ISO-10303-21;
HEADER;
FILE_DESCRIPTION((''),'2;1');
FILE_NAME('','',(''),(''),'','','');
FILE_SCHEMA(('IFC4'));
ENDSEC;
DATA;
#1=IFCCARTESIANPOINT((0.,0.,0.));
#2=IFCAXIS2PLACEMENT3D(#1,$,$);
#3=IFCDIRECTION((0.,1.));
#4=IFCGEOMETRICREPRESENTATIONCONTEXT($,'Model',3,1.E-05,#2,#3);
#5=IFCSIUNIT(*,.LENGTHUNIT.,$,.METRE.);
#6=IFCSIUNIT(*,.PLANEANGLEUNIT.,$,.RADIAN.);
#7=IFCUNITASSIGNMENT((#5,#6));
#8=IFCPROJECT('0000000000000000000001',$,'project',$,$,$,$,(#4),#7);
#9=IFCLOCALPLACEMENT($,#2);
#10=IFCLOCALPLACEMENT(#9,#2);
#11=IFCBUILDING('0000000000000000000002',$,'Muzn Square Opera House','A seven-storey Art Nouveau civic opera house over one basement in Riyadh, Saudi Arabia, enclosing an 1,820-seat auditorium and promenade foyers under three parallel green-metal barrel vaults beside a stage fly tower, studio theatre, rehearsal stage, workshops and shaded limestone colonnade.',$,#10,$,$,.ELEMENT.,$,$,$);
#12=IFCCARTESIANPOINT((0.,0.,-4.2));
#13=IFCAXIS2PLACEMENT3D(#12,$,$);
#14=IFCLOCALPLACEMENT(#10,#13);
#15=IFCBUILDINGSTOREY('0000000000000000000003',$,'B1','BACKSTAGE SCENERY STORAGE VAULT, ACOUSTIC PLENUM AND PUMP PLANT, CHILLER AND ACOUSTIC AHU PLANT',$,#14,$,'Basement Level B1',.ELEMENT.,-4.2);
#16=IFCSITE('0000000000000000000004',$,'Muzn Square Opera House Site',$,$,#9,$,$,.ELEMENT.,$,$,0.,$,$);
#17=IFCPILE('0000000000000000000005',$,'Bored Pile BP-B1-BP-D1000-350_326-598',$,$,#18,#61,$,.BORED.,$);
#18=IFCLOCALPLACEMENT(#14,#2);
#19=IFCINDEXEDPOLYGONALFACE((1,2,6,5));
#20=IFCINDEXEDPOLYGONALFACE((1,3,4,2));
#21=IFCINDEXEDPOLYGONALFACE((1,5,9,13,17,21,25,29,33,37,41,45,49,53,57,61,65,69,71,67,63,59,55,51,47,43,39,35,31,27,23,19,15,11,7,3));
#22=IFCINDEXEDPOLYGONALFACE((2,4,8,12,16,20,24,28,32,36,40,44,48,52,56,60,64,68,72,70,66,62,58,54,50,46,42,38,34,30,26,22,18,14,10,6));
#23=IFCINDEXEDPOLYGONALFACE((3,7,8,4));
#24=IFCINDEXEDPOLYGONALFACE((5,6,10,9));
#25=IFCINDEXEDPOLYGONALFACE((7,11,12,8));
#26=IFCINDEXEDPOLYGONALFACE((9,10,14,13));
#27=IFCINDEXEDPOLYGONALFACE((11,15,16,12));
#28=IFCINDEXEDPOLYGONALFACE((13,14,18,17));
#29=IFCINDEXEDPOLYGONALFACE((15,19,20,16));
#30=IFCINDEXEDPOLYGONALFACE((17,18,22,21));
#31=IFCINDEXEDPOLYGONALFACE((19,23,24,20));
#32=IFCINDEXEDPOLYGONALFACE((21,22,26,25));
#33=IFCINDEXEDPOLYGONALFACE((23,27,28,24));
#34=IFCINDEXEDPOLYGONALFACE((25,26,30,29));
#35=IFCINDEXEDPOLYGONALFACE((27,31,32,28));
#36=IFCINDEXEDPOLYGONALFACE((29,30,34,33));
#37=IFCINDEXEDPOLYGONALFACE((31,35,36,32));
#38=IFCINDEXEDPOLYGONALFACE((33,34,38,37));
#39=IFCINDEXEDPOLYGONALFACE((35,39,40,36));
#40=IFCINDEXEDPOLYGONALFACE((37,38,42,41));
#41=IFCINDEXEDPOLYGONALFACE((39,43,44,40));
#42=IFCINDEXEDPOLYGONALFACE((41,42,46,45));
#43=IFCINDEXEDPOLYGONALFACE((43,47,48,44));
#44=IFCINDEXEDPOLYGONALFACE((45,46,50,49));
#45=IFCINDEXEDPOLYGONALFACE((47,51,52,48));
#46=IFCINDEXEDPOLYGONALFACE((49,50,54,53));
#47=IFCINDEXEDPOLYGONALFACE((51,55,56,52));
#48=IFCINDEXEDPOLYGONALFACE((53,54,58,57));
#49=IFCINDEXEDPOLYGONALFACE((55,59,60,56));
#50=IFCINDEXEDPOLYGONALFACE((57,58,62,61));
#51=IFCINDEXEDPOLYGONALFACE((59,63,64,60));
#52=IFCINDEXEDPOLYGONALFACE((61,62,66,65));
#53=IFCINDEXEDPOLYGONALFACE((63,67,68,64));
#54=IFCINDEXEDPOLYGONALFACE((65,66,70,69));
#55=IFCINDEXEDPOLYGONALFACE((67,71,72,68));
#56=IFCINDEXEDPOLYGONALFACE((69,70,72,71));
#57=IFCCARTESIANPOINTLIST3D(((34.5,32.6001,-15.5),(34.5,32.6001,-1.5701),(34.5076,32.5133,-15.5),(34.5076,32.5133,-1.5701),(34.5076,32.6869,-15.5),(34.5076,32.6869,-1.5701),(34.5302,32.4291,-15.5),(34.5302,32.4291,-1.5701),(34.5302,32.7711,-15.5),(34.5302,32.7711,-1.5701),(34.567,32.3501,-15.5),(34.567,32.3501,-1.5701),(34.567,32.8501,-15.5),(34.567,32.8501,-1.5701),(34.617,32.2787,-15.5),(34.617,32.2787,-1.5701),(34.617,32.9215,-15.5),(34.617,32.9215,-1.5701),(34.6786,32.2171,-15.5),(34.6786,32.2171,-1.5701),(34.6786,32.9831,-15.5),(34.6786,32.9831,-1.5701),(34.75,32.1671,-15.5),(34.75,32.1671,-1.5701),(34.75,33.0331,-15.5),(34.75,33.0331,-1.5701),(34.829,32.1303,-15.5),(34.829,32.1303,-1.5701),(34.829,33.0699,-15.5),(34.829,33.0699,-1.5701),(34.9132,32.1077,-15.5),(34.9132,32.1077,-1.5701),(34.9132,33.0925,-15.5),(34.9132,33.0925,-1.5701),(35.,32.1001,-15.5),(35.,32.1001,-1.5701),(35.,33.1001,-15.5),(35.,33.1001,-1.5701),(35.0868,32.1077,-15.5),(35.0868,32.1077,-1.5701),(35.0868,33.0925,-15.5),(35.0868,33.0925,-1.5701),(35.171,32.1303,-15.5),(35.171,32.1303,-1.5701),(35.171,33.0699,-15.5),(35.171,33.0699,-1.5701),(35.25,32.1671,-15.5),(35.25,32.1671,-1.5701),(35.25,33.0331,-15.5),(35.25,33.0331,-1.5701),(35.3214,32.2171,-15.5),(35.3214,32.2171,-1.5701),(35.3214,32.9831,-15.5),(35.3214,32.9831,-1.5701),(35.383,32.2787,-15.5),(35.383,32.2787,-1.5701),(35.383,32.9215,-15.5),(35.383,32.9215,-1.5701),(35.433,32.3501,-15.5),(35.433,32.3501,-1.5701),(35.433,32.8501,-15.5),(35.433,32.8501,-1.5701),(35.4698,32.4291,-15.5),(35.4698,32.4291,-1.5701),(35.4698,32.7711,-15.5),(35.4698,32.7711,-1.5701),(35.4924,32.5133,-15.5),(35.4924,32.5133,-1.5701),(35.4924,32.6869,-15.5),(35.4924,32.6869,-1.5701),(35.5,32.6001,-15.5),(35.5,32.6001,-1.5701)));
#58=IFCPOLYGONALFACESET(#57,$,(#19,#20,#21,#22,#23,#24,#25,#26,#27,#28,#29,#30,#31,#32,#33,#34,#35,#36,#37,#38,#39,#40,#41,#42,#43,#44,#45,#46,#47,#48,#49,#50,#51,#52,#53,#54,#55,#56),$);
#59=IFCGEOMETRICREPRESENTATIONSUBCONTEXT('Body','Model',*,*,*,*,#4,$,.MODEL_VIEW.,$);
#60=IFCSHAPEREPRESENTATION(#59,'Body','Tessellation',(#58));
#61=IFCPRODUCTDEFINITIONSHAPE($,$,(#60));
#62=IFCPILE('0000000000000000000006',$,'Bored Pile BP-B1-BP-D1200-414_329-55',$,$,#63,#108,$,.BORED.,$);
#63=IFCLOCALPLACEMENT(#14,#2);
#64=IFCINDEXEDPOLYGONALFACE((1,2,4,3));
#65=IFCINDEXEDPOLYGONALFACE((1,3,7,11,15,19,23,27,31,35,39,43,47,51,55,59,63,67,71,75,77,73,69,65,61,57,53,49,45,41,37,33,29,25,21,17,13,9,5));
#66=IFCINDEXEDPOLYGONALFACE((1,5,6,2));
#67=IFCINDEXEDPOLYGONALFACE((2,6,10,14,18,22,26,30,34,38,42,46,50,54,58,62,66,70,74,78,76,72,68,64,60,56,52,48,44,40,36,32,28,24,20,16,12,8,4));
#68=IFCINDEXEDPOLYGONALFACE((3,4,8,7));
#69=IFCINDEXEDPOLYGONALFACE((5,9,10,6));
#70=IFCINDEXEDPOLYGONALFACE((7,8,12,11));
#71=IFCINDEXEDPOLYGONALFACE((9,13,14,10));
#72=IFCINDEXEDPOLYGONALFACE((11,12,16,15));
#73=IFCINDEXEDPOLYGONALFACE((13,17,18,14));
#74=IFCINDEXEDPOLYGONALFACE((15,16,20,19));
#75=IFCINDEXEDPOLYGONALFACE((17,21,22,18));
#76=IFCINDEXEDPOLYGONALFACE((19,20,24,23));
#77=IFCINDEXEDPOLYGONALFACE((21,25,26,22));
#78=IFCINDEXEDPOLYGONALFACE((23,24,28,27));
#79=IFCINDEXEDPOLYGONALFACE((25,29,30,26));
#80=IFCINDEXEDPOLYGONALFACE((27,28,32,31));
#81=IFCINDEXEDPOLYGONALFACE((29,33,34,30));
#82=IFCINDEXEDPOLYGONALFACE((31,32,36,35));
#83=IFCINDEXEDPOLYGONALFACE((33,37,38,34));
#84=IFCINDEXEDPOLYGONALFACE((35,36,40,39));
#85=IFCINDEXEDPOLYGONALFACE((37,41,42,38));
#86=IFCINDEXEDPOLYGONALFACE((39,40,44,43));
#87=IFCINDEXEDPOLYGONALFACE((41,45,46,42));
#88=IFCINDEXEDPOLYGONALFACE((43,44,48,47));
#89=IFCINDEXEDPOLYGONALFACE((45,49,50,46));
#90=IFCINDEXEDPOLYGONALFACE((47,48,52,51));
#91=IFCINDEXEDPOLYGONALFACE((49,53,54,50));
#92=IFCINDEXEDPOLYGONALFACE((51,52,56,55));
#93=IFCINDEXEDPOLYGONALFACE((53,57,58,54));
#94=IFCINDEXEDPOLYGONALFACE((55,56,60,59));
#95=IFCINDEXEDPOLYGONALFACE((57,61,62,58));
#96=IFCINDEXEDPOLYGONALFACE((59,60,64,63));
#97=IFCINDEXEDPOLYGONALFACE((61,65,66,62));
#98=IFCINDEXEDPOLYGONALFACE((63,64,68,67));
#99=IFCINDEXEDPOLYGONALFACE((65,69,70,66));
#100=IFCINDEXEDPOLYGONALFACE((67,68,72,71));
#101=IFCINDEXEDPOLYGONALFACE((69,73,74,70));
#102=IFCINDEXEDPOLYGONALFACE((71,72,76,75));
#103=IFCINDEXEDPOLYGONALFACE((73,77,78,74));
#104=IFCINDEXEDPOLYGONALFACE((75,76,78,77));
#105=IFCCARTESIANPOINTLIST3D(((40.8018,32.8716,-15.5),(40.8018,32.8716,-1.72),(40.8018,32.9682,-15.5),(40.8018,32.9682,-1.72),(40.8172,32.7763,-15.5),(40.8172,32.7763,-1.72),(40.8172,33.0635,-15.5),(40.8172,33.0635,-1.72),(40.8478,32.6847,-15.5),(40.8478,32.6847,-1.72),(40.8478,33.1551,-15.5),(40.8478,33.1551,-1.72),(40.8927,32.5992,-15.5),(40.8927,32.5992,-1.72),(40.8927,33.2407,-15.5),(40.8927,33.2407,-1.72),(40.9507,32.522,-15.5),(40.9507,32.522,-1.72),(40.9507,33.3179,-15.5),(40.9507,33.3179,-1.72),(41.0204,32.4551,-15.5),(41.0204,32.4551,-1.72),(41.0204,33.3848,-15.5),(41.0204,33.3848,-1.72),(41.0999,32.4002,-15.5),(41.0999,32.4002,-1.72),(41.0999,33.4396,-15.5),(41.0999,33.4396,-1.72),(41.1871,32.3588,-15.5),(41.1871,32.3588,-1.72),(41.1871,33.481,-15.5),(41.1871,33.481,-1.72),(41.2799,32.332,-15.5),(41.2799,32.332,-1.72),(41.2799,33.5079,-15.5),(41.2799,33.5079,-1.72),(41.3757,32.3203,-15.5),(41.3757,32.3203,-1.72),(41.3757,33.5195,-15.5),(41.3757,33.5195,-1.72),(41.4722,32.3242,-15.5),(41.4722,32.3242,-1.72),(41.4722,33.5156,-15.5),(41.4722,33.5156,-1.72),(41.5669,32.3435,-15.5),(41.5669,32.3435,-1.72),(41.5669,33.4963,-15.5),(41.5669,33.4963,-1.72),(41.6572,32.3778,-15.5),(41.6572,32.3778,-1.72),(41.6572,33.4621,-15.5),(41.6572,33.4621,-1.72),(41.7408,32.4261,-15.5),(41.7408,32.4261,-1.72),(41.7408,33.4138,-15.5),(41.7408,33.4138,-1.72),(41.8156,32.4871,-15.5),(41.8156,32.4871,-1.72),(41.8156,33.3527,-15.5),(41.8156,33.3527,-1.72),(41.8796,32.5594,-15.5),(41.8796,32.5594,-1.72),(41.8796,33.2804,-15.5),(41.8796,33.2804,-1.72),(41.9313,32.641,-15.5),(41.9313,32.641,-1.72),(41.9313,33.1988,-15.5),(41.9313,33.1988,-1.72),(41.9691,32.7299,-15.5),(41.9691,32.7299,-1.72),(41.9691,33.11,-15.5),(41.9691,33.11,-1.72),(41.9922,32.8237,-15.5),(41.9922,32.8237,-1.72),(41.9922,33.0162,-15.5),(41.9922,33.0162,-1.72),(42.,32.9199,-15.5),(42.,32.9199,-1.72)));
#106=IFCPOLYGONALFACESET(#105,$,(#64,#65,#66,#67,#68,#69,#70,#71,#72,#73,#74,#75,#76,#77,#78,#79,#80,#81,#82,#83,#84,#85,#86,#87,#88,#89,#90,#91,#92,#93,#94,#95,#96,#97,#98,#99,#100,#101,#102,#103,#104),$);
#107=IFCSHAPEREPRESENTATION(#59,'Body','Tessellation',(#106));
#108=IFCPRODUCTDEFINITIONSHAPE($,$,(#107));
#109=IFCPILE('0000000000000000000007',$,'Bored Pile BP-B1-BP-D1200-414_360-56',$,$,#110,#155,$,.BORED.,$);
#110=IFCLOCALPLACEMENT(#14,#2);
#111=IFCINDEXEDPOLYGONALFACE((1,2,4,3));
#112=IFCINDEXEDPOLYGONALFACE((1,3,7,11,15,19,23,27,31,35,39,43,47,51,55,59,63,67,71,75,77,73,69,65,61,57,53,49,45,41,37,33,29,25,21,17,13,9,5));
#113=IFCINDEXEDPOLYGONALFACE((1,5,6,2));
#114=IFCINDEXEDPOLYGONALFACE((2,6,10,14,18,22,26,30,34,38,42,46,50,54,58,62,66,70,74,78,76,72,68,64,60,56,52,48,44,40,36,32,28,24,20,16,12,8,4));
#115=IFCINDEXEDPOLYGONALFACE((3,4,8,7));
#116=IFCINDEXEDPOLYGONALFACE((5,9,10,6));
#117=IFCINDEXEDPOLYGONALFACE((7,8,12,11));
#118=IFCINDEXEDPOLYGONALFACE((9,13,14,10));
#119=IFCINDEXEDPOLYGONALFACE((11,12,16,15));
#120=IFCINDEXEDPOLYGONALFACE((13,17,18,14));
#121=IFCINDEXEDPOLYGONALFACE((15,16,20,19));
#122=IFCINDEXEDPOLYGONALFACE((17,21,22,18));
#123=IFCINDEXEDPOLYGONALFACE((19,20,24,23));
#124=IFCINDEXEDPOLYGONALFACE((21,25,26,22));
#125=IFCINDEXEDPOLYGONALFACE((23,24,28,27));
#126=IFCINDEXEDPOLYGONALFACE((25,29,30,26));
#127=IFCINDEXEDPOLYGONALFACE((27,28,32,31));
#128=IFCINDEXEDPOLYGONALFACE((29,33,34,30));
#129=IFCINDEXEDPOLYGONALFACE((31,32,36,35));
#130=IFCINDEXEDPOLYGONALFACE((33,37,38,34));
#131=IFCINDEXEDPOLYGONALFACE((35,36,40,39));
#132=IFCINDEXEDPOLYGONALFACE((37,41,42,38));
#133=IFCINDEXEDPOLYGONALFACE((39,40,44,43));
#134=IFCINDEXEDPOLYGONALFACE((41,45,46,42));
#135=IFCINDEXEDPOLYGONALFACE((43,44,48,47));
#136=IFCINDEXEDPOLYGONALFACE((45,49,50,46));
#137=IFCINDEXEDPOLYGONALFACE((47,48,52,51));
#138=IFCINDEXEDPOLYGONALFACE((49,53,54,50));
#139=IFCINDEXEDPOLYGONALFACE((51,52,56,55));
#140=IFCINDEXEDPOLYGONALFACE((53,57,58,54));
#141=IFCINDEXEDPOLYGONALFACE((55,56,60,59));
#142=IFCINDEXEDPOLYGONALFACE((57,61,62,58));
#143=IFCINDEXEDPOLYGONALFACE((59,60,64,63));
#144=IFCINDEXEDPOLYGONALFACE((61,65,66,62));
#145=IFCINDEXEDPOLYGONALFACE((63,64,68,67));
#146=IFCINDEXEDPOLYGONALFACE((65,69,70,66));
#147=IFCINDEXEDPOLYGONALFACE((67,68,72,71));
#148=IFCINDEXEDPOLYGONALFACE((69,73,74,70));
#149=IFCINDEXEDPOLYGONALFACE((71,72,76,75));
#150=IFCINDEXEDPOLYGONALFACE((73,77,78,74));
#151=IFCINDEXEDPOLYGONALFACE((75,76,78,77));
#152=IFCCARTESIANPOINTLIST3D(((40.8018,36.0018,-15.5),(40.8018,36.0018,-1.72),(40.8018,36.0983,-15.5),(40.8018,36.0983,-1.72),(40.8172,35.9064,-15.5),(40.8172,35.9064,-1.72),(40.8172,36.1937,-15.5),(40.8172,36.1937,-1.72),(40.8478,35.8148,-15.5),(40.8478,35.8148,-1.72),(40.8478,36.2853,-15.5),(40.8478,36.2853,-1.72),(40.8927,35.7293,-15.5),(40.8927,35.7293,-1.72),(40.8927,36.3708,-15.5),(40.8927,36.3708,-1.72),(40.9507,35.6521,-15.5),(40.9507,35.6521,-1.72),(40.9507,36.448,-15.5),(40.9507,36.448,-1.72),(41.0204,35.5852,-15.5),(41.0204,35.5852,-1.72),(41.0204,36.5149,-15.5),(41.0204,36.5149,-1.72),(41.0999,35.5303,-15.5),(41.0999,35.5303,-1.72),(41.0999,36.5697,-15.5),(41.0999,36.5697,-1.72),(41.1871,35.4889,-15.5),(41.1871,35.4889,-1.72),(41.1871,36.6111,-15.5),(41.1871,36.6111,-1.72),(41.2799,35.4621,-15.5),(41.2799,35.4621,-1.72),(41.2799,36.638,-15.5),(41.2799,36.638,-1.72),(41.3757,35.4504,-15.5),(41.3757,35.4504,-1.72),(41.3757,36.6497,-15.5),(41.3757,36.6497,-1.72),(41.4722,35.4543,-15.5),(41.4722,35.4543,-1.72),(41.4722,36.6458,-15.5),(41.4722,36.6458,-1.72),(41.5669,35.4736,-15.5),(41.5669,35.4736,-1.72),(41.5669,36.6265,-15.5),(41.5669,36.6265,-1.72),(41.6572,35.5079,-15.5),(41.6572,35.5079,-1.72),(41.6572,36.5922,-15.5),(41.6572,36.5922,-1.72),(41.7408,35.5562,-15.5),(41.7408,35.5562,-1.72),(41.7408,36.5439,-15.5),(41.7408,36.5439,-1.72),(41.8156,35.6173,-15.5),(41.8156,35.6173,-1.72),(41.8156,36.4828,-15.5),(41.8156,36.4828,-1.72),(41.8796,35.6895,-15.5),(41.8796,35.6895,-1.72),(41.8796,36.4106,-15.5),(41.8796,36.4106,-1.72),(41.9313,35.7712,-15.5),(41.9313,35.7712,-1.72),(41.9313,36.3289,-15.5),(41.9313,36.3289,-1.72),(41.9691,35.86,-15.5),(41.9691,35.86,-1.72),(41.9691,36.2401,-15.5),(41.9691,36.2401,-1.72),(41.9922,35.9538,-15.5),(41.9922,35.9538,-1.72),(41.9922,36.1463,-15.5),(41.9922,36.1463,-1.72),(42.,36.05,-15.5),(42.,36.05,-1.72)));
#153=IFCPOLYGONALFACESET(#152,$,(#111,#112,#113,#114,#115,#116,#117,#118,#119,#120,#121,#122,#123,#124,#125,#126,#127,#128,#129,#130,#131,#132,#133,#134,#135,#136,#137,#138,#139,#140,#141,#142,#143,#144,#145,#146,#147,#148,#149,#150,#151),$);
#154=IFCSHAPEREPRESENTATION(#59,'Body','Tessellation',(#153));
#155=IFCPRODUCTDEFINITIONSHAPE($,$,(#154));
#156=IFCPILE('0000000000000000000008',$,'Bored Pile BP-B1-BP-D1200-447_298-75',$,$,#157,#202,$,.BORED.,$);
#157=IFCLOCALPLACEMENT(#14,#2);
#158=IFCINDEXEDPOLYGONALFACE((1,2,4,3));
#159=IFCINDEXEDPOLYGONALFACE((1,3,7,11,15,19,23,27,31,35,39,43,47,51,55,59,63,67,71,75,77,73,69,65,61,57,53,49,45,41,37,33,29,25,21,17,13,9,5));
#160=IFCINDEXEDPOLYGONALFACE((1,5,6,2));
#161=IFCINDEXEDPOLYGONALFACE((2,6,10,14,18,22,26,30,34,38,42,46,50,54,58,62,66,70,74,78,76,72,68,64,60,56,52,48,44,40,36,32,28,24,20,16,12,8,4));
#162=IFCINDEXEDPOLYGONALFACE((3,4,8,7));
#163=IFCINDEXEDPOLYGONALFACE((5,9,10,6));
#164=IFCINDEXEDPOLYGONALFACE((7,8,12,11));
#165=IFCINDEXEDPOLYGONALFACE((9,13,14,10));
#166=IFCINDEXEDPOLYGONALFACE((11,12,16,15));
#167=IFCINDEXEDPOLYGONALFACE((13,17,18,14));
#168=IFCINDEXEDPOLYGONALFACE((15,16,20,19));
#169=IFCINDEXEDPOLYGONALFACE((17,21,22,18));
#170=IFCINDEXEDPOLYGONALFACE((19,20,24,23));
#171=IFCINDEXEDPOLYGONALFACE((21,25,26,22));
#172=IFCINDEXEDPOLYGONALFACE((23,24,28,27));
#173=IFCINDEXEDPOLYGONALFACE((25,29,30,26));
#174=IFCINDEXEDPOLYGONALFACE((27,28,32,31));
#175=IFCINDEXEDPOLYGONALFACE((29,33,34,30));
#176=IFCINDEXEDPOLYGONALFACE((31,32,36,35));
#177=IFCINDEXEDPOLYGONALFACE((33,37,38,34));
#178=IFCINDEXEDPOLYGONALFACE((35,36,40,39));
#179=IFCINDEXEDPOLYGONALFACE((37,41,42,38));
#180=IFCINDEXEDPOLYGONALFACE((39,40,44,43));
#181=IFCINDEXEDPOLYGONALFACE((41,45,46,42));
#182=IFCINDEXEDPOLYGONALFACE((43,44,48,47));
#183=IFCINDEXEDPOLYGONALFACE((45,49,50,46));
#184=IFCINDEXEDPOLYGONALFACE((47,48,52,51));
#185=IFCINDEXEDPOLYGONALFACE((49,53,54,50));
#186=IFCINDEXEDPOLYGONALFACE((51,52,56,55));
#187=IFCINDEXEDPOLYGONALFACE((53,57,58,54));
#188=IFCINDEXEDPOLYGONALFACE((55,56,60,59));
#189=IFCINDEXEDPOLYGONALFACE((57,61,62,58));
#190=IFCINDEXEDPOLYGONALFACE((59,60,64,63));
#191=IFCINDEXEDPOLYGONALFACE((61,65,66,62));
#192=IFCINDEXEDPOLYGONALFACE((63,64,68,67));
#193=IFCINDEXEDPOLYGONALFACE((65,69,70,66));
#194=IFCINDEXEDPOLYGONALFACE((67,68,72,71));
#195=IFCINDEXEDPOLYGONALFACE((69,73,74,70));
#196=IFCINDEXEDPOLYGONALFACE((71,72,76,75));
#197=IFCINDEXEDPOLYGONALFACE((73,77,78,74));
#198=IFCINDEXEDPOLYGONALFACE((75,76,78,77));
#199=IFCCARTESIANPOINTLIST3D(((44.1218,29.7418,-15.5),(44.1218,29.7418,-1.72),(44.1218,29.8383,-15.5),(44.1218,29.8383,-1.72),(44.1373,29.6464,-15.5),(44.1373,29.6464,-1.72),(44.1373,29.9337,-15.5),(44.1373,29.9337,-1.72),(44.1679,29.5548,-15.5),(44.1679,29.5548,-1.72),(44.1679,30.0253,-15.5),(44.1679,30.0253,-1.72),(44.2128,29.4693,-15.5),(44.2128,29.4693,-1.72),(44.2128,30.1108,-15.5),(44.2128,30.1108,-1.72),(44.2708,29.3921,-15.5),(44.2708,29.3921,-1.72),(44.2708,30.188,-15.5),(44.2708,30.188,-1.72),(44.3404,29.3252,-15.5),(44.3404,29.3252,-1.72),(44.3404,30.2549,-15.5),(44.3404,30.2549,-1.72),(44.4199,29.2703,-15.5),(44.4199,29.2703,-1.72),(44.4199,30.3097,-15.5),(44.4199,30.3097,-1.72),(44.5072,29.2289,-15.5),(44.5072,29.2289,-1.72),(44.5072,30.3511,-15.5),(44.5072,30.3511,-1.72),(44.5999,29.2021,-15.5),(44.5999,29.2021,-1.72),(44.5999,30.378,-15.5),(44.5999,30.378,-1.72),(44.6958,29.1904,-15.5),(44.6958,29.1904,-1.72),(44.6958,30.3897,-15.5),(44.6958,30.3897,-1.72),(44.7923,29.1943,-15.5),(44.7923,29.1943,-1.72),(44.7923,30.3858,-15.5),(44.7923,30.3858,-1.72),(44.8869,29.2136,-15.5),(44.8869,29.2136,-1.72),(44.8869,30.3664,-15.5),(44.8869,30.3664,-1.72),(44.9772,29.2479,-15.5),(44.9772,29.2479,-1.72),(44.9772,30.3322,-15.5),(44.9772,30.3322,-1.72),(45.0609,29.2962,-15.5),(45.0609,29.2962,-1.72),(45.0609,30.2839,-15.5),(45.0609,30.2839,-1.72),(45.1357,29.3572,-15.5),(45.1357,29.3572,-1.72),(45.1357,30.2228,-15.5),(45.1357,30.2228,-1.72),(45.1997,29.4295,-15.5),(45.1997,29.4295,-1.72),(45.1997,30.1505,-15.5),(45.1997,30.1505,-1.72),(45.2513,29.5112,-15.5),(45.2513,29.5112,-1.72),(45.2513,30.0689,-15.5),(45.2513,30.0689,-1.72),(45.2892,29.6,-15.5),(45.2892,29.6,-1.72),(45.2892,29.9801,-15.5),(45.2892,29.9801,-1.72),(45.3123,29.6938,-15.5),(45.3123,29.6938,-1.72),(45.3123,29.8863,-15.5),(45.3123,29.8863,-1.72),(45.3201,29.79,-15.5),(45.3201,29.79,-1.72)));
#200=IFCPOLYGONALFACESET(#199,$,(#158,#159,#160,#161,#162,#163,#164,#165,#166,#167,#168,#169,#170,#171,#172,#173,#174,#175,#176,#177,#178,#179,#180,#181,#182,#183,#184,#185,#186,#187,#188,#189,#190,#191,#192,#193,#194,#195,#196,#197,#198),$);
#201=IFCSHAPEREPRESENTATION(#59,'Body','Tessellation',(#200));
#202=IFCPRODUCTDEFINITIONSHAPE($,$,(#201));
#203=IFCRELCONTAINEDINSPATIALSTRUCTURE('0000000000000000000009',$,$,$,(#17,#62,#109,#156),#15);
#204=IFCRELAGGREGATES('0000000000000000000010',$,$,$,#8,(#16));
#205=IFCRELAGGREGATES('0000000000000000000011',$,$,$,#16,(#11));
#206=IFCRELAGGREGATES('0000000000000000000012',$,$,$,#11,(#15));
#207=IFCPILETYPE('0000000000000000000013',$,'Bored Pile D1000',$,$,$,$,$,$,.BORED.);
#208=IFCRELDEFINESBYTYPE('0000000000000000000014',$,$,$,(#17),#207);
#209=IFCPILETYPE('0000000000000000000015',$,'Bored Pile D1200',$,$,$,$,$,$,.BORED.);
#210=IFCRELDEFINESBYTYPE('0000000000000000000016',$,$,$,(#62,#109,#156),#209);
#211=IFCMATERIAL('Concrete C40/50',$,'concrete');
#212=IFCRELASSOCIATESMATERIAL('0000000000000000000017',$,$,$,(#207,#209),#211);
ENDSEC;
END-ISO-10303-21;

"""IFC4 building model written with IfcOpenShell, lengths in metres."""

from ifc_helpers import new_model, si_unit, direction, frame, origin, origin_2d, place, context, subcontext, project, spatial, circle, extrude, material, material_profile, profile_set, type_object, element, save


model = new_model("IFC4")

# Units and contexts
model_context = context("Model", 3, precision=1e-05, world=origin(), true_north=direction((0.0, 1.0)))
body_context = subcontext(model_context, "Body", "Model", "MODEL_VIEW")
ifc_project = project(units=[si_unit("LENGTHUNIT", "METRE"), si_unit("PLANEANGLEUNIT", "RADIAN")], contexts=[model_context])

# Site, building, storey
site_placement = place(None, origin())
site = spatial("IfcSite", under=ifc_project, at=site_placement, Name="Muzn Square Opera House Site", CompositionType="ELEMENT", RefElevation=0.0)
building_placement = place(site_placement, origin())
building = spatial("IfcBuilding", under=site, at=building_placement, Name="Muzn Square Opera House", Description="A seven-storey Art Nouveau civic opera house over one basement in Riyadh, Saudi Arabia, enclosing an 1,820-seat auditorium and promenade foyers under three parallel green-metal barrel vaults beside a stage fly tower, studio theatre, rehearsal stage, workshops and shaded limestone colonnade.", CompositionType="ELEMENT")
storey_placement = place(building_placement, frame((0.0, 0.0, -4.2)))
storey = spatial("IfcBuildingStorey", under=building, at=storey_placement, Name="B1", Description="BACKSTAGE SCENERY STORAGE VAULT, ACOUSTIC PLENUM AND PUMP PLANT, CHILLER AND ACOUSTIC AHU PLANT", LongName="Basement Level B1", CompositionType="ELEMENT", Elevation=-4.2)

# Piles
ifc_material_1 = material(Name="Concrete C40/50", Category="concrete")
ifc_material_profile_1 = material_profile(ifc_material_1, circle(Radius=0.5, at=origin_2d()), Name="BORED PILE D1000", Category="concrete")
ifc_profile_set_1 = profile_set([ifc_material_profile_1], Name="Concrete C40/50")
pile_type_1 = type_object("IfcPileType", Name="Bored Pile D1000", PredefinedType="BORED", material=ifc_profile_set_1)
pile_placement = place(storey_placement, frame((35.0, 32.6001, -1.5701), z_axis=(0.0, 0.0, -1.0), x_axis=(1.0, 0.0, 0.0)))
element("IfcPile", 1, at=pile_placement, inside=storey, type_object=pile_type_1, Name="Bored Pile BP-B1-BP-D1000-350_326-598", PredefinedType="BORED", context=body_context, shape_type="SweptSolid", body=[
    extrude(circle(Radius=0.5, at=origin_2d()), origin(), (0.0, 0.0, 1.0), 13.9299),
])
ifc_material_profile_2 = material_profile(ifc_material_1, circle(Radius=0.6001, at=origin_2d()), Name="BORED PILE D1200", Category="concrete")
ifc_profile_set_2 = profile_set([ifc_material_profile_2], Name="Concrete C40/50")
pile_type_2 = type_object("IfcPileType", Name="Bored Pile D1200", PredefinedType="BORED", material=ifc_profile_set_2)
for number, where, z_axis, x_axis, name in (
    (2, (41.3999, 32.9199, -1.72), (0.0, 0.0, -1.0), (1.0, 0.0, 0.0), "Bored Pile BP-B1-BP-D1200-414_329-55"),
    (3, (41.3999, 36.05, -1.72), (0.0, 0.0, -1.0), (1.0, 0.0, 0.0), "Bored Pile BP-B1-BP-D1200-414_360-56"),
    (4, (44.72, 29.79, -1.72), (0.0, 0.0, -1.0), (1.0, 0.0, 0.0), "Bored Pile BP-B1-BP-D1200-447_298-75"),
):
    element("IfcPile", number, at=place(storey_placement, frame(where, z_axis=z_axis, x_axis=x_axis)), inside=storey, type_object=pile_type_2, Name=name, PredefinedType="BORED", context=body_context, shape_type="SweptSolid", body=[
        extrude(circle(Radius=0.6001, at=origin_2d()), origin(), (0.0, 0.0, 1.0), 13.78),
    ])

save(model, "model.ifc")
